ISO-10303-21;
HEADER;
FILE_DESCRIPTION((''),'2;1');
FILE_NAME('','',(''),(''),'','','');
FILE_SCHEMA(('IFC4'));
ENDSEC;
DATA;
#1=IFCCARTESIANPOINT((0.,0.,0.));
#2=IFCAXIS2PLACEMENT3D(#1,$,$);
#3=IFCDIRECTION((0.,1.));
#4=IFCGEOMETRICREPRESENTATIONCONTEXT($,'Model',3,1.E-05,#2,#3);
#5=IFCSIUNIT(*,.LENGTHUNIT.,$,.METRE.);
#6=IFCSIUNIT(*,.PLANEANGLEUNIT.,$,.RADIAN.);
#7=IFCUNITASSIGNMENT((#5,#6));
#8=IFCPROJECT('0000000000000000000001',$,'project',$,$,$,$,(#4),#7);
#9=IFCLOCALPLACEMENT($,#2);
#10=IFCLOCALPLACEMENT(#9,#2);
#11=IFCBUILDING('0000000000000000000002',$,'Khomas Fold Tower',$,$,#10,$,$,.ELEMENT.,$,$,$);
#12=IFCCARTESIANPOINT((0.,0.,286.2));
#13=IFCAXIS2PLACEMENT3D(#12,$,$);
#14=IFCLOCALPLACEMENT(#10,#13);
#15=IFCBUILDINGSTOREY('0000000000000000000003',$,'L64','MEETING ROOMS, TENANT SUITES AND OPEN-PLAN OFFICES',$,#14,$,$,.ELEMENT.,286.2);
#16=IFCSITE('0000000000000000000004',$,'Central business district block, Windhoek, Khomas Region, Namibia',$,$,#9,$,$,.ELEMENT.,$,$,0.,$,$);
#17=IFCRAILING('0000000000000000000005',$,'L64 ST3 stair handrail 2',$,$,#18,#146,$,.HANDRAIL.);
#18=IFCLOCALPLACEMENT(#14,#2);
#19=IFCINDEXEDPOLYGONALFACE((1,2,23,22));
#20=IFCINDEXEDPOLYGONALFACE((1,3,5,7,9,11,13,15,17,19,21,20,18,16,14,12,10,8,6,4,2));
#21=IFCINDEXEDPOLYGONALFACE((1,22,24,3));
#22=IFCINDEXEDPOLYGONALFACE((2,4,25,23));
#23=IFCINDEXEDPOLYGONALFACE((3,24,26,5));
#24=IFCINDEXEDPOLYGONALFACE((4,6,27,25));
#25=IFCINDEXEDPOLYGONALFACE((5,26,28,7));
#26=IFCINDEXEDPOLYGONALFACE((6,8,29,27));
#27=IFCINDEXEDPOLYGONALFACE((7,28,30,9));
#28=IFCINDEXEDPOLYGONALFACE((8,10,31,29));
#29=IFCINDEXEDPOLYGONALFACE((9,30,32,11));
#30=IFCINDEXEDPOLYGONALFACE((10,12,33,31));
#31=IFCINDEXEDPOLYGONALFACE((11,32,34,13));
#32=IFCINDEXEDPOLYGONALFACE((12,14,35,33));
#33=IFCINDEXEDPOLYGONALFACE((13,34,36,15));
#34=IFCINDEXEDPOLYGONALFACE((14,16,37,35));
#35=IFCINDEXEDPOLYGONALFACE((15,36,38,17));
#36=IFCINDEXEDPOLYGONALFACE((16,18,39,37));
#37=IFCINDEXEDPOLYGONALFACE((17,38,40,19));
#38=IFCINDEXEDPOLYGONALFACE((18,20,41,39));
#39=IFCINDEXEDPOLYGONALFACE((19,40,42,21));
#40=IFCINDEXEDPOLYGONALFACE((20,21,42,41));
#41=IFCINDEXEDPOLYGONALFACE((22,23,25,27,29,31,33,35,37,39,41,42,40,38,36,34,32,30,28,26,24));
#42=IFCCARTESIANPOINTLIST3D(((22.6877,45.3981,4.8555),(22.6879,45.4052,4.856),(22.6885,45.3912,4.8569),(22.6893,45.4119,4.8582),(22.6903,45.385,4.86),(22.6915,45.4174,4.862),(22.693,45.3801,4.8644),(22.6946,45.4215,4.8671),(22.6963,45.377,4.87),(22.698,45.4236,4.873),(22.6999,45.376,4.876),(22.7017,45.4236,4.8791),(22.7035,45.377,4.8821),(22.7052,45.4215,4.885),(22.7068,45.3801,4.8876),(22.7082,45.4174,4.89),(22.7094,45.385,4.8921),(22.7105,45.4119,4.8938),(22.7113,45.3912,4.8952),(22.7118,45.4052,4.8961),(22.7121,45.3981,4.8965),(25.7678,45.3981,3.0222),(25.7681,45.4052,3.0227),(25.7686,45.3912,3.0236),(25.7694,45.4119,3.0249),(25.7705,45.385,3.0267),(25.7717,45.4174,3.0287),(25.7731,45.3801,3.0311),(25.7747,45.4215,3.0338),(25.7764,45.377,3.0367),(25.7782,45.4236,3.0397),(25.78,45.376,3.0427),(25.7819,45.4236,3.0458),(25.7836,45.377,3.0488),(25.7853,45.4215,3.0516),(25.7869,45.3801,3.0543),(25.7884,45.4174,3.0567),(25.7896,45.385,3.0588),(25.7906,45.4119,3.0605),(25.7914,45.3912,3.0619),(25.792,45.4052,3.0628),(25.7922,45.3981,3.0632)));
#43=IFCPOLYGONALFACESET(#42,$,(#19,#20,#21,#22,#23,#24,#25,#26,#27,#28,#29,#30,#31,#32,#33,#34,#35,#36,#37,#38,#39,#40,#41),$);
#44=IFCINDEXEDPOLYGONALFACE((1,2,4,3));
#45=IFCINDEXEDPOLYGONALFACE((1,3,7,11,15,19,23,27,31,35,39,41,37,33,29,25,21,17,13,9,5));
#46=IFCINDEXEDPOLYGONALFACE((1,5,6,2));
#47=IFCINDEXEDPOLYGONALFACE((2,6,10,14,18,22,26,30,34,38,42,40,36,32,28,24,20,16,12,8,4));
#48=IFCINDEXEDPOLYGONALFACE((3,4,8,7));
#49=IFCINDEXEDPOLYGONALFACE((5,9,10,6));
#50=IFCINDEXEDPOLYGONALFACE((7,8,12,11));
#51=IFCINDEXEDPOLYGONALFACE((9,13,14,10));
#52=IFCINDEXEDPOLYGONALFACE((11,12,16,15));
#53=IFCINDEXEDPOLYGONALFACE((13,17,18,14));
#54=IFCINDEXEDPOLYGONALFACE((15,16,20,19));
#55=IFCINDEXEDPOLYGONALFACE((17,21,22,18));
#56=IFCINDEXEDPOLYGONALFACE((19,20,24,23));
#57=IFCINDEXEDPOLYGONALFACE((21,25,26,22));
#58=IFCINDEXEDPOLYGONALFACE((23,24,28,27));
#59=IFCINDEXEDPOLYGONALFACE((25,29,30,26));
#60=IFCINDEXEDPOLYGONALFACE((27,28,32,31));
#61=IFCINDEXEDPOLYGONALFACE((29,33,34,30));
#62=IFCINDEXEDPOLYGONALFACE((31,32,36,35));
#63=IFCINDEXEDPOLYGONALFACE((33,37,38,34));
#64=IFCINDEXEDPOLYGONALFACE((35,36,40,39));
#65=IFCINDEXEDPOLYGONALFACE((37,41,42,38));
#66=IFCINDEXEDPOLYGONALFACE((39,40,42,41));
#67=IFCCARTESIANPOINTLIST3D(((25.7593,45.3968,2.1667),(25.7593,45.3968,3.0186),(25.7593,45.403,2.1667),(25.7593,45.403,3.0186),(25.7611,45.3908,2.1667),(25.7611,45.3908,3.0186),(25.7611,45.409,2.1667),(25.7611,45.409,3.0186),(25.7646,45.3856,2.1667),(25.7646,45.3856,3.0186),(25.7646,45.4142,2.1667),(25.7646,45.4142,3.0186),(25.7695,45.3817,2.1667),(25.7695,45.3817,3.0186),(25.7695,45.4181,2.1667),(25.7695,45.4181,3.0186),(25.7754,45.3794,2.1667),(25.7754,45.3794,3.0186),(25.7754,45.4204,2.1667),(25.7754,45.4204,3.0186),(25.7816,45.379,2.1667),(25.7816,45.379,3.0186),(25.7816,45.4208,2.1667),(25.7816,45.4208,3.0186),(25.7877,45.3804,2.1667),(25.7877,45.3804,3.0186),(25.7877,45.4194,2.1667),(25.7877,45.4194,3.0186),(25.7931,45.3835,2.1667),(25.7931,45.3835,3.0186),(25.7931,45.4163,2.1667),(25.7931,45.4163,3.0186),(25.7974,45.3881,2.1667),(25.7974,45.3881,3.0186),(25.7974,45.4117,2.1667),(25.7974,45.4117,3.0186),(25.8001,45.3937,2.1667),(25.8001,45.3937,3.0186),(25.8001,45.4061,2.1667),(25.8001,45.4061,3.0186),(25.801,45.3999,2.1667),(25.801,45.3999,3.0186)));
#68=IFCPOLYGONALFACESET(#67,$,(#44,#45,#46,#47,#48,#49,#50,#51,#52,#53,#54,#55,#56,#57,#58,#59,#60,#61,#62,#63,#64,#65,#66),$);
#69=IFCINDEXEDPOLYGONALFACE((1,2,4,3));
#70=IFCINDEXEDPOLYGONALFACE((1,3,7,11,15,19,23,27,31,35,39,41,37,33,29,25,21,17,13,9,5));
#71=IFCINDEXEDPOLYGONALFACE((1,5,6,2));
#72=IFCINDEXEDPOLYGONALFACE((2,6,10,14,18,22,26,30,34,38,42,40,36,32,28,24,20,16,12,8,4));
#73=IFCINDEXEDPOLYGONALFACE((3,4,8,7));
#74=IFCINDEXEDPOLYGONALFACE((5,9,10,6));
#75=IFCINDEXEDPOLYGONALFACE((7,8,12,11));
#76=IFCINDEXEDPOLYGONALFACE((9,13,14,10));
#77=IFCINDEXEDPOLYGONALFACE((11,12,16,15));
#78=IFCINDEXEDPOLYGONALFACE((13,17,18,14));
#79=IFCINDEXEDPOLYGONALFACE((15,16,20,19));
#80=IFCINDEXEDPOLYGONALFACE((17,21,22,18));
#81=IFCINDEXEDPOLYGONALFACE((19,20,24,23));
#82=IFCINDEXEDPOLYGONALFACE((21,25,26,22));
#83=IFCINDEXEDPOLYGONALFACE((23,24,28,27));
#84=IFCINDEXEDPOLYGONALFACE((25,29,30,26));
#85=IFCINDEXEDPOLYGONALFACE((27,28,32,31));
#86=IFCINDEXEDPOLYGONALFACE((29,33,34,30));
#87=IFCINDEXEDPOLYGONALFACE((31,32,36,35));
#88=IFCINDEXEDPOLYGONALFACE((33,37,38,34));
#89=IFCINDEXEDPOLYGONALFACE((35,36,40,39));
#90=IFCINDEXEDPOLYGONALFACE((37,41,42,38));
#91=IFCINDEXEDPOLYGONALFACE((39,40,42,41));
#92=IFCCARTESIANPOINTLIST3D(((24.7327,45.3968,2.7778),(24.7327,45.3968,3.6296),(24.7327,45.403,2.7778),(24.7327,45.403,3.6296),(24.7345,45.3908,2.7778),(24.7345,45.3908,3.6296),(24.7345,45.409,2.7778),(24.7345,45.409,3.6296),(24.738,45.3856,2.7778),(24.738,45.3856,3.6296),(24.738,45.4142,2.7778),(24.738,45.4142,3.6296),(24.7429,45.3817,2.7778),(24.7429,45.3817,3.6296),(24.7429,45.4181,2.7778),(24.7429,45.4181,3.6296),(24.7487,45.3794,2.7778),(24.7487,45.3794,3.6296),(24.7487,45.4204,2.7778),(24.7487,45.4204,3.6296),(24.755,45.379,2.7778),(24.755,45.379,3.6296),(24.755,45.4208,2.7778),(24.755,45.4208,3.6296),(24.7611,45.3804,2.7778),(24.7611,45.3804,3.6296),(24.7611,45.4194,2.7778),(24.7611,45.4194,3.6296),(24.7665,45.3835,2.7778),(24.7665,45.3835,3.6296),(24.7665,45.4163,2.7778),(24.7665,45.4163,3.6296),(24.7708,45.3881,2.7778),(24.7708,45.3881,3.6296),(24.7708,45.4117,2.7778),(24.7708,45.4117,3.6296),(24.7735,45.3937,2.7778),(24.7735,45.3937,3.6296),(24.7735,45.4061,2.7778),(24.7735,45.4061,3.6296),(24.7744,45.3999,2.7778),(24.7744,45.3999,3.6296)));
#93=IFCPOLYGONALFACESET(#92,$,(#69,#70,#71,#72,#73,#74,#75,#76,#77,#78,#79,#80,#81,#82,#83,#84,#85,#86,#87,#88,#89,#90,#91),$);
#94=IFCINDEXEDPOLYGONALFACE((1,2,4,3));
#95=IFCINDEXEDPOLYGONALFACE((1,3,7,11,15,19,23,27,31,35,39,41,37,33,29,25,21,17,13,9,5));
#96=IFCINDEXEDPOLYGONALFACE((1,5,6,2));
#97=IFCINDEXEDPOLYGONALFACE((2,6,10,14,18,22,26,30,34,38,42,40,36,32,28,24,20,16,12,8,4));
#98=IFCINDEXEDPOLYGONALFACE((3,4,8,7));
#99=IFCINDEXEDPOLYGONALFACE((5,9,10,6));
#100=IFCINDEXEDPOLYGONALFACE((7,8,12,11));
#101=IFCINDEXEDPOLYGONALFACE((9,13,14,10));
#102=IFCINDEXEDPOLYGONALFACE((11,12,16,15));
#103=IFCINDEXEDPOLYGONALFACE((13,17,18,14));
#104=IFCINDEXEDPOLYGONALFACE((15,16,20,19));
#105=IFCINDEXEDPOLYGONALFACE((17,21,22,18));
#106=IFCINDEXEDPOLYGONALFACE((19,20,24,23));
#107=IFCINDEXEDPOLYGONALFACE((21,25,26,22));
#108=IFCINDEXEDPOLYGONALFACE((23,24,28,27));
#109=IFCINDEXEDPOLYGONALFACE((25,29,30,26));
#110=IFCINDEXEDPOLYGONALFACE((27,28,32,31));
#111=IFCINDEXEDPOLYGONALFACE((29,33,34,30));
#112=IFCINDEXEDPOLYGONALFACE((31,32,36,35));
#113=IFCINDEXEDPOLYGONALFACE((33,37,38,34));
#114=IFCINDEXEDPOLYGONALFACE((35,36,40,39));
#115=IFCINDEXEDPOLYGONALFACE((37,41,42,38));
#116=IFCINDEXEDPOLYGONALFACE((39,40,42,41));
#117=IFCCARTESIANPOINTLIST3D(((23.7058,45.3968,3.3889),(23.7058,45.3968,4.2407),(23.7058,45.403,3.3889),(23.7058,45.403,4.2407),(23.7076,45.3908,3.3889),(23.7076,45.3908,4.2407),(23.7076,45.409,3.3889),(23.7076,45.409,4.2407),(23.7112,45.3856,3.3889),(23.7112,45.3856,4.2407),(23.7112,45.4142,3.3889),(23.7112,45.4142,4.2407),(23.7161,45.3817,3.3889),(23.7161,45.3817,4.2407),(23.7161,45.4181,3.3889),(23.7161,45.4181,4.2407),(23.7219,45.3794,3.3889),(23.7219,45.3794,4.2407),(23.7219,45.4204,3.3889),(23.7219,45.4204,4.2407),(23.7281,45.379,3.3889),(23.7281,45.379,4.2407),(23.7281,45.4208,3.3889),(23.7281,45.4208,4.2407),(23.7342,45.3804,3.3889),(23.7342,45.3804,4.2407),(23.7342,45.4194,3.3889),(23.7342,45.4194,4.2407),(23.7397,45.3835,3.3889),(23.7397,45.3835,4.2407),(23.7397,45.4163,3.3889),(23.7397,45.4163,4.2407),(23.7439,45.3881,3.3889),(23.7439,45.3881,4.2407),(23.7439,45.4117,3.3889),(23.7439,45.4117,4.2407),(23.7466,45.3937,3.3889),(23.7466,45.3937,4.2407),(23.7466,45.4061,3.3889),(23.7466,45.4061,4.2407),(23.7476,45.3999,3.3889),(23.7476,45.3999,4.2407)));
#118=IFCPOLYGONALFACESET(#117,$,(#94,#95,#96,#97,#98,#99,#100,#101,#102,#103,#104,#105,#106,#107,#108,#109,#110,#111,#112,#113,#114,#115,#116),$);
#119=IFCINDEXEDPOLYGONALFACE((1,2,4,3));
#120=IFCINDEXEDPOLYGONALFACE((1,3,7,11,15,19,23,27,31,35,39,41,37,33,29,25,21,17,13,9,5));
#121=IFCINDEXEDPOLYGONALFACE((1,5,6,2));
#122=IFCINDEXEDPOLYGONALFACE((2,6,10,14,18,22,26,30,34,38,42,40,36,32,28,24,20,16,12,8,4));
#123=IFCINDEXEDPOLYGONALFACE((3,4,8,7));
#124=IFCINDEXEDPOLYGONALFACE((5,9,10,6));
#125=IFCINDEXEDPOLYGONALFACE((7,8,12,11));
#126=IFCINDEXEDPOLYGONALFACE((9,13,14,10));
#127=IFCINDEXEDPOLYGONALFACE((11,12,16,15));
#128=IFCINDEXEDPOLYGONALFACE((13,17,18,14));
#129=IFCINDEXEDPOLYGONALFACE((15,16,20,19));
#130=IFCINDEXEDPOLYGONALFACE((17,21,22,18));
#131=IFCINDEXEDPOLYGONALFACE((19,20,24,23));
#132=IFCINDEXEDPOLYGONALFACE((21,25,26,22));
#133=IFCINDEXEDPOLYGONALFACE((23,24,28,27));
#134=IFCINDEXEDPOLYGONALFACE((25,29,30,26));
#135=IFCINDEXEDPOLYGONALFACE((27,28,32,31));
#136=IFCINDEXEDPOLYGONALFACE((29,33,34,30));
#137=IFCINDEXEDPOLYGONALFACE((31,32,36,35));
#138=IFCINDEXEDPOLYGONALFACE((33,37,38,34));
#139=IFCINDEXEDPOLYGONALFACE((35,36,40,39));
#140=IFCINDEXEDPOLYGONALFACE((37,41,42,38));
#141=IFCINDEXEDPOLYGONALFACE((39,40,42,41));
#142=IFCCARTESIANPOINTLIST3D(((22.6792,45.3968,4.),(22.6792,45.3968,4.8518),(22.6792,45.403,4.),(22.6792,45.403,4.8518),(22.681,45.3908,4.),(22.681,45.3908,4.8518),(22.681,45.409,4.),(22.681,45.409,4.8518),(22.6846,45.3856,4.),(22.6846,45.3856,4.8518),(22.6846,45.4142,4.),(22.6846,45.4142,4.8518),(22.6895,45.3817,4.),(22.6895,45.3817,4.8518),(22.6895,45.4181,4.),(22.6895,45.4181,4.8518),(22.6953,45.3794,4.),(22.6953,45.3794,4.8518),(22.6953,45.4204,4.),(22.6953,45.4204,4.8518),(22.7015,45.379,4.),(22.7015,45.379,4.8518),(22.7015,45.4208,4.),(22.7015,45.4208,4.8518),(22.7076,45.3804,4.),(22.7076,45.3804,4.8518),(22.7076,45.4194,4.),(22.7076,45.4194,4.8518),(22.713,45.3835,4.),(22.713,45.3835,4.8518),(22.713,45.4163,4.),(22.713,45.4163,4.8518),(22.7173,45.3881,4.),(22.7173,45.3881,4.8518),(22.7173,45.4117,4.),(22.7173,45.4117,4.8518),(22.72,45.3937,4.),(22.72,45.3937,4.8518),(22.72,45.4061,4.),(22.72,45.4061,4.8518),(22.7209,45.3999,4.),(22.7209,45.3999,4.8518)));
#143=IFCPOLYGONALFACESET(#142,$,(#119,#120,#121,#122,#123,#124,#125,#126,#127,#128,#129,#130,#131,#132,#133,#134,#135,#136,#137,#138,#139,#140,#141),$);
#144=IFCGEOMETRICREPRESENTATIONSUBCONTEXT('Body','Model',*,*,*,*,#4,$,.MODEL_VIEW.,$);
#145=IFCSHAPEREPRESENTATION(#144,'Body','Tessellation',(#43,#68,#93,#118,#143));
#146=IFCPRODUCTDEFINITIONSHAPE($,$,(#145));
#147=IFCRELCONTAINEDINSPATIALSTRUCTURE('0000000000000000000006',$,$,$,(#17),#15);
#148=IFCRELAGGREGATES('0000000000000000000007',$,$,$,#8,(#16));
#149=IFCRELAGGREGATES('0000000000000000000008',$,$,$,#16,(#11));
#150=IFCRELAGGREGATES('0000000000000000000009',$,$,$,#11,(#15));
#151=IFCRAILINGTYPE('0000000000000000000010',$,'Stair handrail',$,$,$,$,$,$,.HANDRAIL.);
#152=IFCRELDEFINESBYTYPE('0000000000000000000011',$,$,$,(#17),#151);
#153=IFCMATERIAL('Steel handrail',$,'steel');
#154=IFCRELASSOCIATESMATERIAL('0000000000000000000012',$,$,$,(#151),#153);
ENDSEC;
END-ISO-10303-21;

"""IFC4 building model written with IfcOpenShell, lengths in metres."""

from ifc_helpers import new_model, si_unit, direction, frame, origin, origin_2d, place, context, subcontext, project, spatial, circle, extrude, source, transform, mapped, material, type_object, element, save


model = new_model("IFC4")

# Units and contexts
model_context = context("Model", 3, precision=1e-05, world=origin(), true_north=direction((0.0, 1.0)))
body_context = subcontext(model_context, "Body", "Model", "MODEL_VIEW")
ifc_project = project(units=[si_unit("LENGTHUNIT", "METRE"), si_unit("PLANEANGLEUNIT", "RADIAN")], contexts=[model_context])

# Site, building, storey
site_placement = place(None, origin())
site = spatial("IfcSite", under=ifc_project, at=site_placement, Name="Central business district block, Windhoek, Khomas Region, Namibia", CompositionType="ELEMENT", RefElevation=0.0)
building_placement = place(site_placement, origin())
building = spatial("IfcBuilding", under=site, at=building_placement, Name="Khomas Fold Tower", CompositionType="ELEMENT")
storey_placement = place(building_placement, frame((0.0, 0.0, 286.2)))
storey = spatial("IfcBuildingStorey", under=building, at=storey_placement, Name="L64", Description="MEETING ROOMS, TENANT SUITES AND OPEN-PLAN OFFICES", CompositionType="ELEMENT", Elevation=286.2)

# Railing
ifc_material_1 = material(Name="Steel handrail", Category="steel")
railing_type_1 = type_object("IfcRailingType", Name="Stair handrail", PredefinedType="HANDRAIL", material=ifc_material_1)
shared_shape_1 = source(origin(), body_context, "Body", "SweptSolid", [
    extrude(circle(Radius=0.0239, at=origin_2d()), frame((0.0, 0.0, 0.876), z_axis=(-0.859309, 0.0, 0.511458), x_axis=(0.0, -1.0, 0.0)), (0.0, 0.0, 1.0), 3.5845),
    extrude(circle(Radius=0.021, at=origin_2d()), origin(), (0.0, 0.0, 1.0), 0.8518),
    extrude(circle(Radius=0.021, at=origin_2d()), frame((-1.0266, 0.0, 0.6111)), (0.0, 0.0, 1.0), 0.8518),
    extrude(circle(Radius=0.021, at=origin_2d()), frame((-2.0535, 0.0, 1.2222)), (0.0, 0.0, 1.0), 0.8518),
    extrude(circle(Radius=0.021, at=origin_2d()), frame((-3.0801, 0.0, 1.8333)), (0.0, 0.0, 1.0), 0.8518),
])
railing_1_placement = place(storey_placement, frame((25.78, 45.3999, 2.1667)))
element("IfcRailing", 1, at=railing_1_placement, inside=storey, type_object=railing_type_1, Name="L64 ST3 stair handrail 2", PredefinedType="HANDRAIL", context=body_context, shape_type="MappedRepresentation", body=[
    mapped(shared_shape_1, transform((0.0, 0.0, 0.0))),
])

save(model, "model.ifc")
